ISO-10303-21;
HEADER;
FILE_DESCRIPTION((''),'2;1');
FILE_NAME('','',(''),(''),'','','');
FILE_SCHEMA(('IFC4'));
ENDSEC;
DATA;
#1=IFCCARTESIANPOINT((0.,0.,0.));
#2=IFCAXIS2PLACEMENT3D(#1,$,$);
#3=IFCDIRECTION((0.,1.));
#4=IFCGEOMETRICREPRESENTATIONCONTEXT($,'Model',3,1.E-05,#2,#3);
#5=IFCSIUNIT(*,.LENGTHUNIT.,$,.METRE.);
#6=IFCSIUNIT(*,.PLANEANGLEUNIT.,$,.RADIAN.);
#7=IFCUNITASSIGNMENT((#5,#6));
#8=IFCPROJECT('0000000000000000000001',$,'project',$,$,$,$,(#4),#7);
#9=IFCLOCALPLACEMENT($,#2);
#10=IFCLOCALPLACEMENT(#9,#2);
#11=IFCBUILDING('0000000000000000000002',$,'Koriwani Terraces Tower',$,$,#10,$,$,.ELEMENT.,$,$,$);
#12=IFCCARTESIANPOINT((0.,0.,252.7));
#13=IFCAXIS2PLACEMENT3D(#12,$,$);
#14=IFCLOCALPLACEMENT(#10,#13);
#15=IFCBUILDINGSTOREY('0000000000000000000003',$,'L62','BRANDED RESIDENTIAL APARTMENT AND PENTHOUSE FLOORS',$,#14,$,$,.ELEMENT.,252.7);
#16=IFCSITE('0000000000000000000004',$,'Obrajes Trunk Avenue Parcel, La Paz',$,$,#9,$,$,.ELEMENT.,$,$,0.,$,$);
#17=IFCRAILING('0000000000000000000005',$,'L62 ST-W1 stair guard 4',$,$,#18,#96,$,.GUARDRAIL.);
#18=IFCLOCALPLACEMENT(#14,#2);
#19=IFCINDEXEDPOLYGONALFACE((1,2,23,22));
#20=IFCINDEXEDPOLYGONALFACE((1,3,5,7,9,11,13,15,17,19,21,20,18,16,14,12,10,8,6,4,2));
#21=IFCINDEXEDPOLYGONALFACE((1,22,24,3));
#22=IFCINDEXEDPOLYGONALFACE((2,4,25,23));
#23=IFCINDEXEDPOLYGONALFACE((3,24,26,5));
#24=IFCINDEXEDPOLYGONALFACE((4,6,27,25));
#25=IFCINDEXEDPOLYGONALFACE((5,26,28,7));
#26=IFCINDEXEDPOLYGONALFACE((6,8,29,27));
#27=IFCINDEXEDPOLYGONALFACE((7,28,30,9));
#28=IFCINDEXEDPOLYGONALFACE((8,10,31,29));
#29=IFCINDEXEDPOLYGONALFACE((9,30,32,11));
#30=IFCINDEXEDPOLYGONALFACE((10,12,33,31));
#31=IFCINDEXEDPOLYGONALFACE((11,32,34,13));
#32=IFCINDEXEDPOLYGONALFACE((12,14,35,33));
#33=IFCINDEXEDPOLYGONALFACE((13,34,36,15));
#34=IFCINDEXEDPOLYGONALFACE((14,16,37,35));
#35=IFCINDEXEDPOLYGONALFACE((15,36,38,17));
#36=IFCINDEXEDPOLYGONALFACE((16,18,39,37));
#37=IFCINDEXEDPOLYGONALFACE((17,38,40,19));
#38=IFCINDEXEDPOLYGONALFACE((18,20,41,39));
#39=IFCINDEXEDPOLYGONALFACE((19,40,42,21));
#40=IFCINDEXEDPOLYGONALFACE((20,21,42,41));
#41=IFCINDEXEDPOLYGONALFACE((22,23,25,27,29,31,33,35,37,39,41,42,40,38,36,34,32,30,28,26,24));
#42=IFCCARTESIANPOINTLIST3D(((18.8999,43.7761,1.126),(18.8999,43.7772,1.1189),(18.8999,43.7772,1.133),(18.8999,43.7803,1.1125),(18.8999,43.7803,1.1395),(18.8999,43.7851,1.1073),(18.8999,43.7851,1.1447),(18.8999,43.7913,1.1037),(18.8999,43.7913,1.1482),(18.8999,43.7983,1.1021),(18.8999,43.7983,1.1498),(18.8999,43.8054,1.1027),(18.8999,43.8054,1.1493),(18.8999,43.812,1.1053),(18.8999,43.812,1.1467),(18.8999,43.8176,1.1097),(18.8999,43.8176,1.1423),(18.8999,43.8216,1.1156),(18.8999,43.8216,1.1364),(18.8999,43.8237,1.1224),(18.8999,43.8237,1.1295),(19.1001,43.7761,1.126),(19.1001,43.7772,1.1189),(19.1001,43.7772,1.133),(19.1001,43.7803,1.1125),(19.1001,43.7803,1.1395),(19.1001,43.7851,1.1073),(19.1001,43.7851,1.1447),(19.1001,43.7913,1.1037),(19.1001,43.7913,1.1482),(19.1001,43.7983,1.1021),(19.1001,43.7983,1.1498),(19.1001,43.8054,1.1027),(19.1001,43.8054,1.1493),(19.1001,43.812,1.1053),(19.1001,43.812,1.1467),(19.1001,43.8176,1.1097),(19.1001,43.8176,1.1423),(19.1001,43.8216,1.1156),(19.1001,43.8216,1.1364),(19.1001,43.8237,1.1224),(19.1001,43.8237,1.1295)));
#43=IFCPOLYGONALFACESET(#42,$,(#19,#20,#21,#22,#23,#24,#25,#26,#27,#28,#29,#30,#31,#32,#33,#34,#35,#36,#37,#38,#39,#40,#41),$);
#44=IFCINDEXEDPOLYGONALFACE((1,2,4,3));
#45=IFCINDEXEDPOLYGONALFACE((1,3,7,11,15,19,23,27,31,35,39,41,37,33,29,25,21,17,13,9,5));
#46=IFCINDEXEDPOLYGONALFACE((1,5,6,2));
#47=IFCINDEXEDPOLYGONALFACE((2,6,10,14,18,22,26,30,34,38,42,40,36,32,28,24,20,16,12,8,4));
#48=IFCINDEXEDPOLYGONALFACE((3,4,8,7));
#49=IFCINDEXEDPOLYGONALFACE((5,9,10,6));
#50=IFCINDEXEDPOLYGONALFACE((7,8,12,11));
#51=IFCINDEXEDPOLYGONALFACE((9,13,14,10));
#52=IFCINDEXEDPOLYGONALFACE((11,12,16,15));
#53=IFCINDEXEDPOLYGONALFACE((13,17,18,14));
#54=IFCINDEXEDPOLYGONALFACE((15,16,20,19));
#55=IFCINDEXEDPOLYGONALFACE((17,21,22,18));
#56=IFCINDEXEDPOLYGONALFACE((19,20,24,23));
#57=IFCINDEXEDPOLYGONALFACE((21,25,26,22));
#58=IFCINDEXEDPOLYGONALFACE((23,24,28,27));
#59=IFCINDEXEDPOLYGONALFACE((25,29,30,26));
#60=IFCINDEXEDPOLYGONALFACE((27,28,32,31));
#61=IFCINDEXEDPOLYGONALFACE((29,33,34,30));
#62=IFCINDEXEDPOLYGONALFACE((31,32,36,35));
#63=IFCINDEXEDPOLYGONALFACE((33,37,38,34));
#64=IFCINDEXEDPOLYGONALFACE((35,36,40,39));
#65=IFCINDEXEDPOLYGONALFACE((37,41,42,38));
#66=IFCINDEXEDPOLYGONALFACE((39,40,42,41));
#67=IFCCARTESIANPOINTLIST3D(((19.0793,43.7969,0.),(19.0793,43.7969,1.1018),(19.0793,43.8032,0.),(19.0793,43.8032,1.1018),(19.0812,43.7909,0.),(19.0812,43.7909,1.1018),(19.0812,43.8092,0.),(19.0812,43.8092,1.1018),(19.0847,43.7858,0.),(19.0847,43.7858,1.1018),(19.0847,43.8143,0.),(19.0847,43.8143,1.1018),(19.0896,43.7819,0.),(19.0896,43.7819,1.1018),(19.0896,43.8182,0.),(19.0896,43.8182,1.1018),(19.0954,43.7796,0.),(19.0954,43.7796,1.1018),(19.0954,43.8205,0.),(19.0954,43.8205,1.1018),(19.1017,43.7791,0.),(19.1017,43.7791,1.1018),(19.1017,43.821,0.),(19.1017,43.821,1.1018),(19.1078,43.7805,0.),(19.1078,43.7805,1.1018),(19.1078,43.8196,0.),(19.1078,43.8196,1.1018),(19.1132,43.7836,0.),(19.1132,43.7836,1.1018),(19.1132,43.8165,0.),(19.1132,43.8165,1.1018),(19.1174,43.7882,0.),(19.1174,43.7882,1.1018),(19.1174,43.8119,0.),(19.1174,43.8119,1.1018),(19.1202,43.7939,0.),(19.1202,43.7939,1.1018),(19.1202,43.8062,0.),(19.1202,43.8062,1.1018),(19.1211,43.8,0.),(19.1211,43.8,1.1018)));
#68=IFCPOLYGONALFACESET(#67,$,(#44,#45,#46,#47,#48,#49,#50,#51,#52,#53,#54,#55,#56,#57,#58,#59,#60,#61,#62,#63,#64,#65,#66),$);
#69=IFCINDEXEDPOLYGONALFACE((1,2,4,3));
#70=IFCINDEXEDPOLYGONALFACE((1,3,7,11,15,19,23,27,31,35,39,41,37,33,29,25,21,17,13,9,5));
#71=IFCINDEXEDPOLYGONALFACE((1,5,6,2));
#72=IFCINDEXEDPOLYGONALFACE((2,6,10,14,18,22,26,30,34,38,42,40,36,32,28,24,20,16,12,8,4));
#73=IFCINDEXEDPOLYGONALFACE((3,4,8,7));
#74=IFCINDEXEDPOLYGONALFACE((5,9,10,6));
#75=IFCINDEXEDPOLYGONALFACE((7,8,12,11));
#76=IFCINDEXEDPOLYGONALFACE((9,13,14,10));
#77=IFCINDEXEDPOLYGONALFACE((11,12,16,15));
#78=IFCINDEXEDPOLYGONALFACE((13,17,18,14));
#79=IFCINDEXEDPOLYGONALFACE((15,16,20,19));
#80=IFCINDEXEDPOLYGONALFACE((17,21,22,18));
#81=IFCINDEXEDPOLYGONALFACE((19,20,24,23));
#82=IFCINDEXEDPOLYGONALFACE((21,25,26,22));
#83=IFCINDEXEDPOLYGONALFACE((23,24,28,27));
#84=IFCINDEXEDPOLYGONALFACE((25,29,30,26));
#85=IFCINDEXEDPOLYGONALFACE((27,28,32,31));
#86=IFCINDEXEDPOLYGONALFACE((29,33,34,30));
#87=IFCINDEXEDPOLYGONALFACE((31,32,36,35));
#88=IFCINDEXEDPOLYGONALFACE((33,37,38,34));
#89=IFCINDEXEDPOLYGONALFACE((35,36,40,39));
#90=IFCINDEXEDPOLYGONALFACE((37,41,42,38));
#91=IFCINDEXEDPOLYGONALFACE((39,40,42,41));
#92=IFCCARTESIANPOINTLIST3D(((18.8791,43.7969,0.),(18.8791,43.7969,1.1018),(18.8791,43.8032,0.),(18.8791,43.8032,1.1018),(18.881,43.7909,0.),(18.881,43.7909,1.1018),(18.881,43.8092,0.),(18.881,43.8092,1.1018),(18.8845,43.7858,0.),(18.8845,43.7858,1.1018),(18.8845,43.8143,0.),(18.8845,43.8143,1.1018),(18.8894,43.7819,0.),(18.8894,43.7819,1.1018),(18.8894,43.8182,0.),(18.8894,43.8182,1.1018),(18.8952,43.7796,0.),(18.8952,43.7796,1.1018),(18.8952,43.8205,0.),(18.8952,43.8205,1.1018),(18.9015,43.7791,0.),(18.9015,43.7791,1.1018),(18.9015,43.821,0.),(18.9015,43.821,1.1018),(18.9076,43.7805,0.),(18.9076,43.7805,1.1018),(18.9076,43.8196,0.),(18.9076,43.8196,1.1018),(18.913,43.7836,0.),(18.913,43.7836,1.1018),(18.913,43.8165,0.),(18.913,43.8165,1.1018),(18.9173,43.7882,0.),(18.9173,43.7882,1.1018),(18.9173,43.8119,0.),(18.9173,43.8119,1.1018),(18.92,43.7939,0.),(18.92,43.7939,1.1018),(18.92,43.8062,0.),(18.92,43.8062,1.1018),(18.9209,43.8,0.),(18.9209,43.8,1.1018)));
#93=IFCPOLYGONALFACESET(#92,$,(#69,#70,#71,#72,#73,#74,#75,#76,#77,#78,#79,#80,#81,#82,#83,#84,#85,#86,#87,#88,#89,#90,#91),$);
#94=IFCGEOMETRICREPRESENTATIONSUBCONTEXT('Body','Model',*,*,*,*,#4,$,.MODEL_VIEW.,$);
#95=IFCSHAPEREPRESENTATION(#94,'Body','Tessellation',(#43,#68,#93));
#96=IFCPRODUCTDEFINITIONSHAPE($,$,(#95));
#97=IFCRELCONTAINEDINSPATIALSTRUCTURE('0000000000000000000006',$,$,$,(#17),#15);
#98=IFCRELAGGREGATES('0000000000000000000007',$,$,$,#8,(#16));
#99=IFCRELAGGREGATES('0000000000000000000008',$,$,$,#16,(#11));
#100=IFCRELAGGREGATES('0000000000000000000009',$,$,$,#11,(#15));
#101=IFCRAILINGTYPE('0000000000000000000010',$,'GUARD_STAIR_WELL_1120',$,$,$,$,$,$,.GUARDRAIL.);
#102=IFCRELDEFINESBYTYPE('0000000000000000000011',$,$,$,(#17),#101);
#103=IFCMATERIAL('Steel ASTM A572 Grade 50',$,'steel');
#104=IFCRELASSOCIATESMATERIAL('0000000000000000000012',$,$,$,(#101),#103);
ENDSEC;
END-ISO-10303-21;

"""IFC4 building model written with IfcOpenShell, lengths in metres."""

from ifc_helpers import new_model, si_unit, direction, frame, origin, origin_2d, place, context, subcontext, project, spatial, circle, extrude, material, type_object, element, save


model = new_model("IFC4")

# Units and contexts
model_context = context("Model", 3, precision=1e-05, world=origin(), true_north=direction((0.0, 1.0)))
body_context = subcontext(model_context, "Body", "Model", "MODEL_VIEW")
ifc_project = project(units=[si_unit("LENGTHUNIT", "METRE"), si_unit("PLANEANGLEUNIT", "RADIAN")], contexts=[model_context])

# Site, building, storey
site_placement = place(None, origin())
site = spatial("IfcSite", under=ifc_project, at=site_placement, Name="Obrajes Trunk Avenue Parcel, La Paz", CompositionType="ELEMENT", RefElevation=0.0)
building_placement = place(site_placement, origin())
building = spatial("IfcBuilding", under=site, at=building_placement, Name="Koriwani Terraces Tower", CompositionType="ELEMENT")
storey_placement = place(building_placement, frame((0.0, 0.0, 252.7)))
storey = spatial("IfcBuildingStorey", under=building, at=storey_placement, Name="L62", Description="BRANDED RESIDENTIAL APARTMENT AND PENTHOUSE FLOORS", CompositionType="ELEMENT", Elevation=252.7)

# Shared definitions
ifc_material_1 = material(Name="Steel ASTM A572 Grade 50", Category="steel")

# Railing
railing_type_1 = type_object("IfcRailingType", Name="GUARD_STAIR_WELL_1120", PredefinedType="GUARDRAIL", material=ifc_material_1)
railing_1_placement = place(storey_placement, frame((19.1001, 43.8, 0.0)))
element("IfcRailing", 1, at=railing_1_placement, inside=storey, type_object=railing_type_1, Name="L62 ST-W1 stair guard 4", PredefinedType="GUARDRAIL", context=body_context, shape_type="SweptSolid", body=[
    extrude(circle(Radius=0.0239, at=origin_2d()), frame((0.0, 0.0, 1.126), z_axis=(-1.0, 0.0, 0.0), x_axis=(0.0, -1.0, 0.0)), (0.0, 0.0, 1.0), 0.2002),
    extrude(circle(Radius=0.021, at=origin_2d()), origin(), (0.0, 0.0, 1.0), 1.1018),
    extrude(circle(Radius=0.021, at=origin_2d()), frame((-0.2002, 0.0, 0.0)), (0.0, 0.0, 1.0), 1.1018),
])

save(model, "model.ifc")
